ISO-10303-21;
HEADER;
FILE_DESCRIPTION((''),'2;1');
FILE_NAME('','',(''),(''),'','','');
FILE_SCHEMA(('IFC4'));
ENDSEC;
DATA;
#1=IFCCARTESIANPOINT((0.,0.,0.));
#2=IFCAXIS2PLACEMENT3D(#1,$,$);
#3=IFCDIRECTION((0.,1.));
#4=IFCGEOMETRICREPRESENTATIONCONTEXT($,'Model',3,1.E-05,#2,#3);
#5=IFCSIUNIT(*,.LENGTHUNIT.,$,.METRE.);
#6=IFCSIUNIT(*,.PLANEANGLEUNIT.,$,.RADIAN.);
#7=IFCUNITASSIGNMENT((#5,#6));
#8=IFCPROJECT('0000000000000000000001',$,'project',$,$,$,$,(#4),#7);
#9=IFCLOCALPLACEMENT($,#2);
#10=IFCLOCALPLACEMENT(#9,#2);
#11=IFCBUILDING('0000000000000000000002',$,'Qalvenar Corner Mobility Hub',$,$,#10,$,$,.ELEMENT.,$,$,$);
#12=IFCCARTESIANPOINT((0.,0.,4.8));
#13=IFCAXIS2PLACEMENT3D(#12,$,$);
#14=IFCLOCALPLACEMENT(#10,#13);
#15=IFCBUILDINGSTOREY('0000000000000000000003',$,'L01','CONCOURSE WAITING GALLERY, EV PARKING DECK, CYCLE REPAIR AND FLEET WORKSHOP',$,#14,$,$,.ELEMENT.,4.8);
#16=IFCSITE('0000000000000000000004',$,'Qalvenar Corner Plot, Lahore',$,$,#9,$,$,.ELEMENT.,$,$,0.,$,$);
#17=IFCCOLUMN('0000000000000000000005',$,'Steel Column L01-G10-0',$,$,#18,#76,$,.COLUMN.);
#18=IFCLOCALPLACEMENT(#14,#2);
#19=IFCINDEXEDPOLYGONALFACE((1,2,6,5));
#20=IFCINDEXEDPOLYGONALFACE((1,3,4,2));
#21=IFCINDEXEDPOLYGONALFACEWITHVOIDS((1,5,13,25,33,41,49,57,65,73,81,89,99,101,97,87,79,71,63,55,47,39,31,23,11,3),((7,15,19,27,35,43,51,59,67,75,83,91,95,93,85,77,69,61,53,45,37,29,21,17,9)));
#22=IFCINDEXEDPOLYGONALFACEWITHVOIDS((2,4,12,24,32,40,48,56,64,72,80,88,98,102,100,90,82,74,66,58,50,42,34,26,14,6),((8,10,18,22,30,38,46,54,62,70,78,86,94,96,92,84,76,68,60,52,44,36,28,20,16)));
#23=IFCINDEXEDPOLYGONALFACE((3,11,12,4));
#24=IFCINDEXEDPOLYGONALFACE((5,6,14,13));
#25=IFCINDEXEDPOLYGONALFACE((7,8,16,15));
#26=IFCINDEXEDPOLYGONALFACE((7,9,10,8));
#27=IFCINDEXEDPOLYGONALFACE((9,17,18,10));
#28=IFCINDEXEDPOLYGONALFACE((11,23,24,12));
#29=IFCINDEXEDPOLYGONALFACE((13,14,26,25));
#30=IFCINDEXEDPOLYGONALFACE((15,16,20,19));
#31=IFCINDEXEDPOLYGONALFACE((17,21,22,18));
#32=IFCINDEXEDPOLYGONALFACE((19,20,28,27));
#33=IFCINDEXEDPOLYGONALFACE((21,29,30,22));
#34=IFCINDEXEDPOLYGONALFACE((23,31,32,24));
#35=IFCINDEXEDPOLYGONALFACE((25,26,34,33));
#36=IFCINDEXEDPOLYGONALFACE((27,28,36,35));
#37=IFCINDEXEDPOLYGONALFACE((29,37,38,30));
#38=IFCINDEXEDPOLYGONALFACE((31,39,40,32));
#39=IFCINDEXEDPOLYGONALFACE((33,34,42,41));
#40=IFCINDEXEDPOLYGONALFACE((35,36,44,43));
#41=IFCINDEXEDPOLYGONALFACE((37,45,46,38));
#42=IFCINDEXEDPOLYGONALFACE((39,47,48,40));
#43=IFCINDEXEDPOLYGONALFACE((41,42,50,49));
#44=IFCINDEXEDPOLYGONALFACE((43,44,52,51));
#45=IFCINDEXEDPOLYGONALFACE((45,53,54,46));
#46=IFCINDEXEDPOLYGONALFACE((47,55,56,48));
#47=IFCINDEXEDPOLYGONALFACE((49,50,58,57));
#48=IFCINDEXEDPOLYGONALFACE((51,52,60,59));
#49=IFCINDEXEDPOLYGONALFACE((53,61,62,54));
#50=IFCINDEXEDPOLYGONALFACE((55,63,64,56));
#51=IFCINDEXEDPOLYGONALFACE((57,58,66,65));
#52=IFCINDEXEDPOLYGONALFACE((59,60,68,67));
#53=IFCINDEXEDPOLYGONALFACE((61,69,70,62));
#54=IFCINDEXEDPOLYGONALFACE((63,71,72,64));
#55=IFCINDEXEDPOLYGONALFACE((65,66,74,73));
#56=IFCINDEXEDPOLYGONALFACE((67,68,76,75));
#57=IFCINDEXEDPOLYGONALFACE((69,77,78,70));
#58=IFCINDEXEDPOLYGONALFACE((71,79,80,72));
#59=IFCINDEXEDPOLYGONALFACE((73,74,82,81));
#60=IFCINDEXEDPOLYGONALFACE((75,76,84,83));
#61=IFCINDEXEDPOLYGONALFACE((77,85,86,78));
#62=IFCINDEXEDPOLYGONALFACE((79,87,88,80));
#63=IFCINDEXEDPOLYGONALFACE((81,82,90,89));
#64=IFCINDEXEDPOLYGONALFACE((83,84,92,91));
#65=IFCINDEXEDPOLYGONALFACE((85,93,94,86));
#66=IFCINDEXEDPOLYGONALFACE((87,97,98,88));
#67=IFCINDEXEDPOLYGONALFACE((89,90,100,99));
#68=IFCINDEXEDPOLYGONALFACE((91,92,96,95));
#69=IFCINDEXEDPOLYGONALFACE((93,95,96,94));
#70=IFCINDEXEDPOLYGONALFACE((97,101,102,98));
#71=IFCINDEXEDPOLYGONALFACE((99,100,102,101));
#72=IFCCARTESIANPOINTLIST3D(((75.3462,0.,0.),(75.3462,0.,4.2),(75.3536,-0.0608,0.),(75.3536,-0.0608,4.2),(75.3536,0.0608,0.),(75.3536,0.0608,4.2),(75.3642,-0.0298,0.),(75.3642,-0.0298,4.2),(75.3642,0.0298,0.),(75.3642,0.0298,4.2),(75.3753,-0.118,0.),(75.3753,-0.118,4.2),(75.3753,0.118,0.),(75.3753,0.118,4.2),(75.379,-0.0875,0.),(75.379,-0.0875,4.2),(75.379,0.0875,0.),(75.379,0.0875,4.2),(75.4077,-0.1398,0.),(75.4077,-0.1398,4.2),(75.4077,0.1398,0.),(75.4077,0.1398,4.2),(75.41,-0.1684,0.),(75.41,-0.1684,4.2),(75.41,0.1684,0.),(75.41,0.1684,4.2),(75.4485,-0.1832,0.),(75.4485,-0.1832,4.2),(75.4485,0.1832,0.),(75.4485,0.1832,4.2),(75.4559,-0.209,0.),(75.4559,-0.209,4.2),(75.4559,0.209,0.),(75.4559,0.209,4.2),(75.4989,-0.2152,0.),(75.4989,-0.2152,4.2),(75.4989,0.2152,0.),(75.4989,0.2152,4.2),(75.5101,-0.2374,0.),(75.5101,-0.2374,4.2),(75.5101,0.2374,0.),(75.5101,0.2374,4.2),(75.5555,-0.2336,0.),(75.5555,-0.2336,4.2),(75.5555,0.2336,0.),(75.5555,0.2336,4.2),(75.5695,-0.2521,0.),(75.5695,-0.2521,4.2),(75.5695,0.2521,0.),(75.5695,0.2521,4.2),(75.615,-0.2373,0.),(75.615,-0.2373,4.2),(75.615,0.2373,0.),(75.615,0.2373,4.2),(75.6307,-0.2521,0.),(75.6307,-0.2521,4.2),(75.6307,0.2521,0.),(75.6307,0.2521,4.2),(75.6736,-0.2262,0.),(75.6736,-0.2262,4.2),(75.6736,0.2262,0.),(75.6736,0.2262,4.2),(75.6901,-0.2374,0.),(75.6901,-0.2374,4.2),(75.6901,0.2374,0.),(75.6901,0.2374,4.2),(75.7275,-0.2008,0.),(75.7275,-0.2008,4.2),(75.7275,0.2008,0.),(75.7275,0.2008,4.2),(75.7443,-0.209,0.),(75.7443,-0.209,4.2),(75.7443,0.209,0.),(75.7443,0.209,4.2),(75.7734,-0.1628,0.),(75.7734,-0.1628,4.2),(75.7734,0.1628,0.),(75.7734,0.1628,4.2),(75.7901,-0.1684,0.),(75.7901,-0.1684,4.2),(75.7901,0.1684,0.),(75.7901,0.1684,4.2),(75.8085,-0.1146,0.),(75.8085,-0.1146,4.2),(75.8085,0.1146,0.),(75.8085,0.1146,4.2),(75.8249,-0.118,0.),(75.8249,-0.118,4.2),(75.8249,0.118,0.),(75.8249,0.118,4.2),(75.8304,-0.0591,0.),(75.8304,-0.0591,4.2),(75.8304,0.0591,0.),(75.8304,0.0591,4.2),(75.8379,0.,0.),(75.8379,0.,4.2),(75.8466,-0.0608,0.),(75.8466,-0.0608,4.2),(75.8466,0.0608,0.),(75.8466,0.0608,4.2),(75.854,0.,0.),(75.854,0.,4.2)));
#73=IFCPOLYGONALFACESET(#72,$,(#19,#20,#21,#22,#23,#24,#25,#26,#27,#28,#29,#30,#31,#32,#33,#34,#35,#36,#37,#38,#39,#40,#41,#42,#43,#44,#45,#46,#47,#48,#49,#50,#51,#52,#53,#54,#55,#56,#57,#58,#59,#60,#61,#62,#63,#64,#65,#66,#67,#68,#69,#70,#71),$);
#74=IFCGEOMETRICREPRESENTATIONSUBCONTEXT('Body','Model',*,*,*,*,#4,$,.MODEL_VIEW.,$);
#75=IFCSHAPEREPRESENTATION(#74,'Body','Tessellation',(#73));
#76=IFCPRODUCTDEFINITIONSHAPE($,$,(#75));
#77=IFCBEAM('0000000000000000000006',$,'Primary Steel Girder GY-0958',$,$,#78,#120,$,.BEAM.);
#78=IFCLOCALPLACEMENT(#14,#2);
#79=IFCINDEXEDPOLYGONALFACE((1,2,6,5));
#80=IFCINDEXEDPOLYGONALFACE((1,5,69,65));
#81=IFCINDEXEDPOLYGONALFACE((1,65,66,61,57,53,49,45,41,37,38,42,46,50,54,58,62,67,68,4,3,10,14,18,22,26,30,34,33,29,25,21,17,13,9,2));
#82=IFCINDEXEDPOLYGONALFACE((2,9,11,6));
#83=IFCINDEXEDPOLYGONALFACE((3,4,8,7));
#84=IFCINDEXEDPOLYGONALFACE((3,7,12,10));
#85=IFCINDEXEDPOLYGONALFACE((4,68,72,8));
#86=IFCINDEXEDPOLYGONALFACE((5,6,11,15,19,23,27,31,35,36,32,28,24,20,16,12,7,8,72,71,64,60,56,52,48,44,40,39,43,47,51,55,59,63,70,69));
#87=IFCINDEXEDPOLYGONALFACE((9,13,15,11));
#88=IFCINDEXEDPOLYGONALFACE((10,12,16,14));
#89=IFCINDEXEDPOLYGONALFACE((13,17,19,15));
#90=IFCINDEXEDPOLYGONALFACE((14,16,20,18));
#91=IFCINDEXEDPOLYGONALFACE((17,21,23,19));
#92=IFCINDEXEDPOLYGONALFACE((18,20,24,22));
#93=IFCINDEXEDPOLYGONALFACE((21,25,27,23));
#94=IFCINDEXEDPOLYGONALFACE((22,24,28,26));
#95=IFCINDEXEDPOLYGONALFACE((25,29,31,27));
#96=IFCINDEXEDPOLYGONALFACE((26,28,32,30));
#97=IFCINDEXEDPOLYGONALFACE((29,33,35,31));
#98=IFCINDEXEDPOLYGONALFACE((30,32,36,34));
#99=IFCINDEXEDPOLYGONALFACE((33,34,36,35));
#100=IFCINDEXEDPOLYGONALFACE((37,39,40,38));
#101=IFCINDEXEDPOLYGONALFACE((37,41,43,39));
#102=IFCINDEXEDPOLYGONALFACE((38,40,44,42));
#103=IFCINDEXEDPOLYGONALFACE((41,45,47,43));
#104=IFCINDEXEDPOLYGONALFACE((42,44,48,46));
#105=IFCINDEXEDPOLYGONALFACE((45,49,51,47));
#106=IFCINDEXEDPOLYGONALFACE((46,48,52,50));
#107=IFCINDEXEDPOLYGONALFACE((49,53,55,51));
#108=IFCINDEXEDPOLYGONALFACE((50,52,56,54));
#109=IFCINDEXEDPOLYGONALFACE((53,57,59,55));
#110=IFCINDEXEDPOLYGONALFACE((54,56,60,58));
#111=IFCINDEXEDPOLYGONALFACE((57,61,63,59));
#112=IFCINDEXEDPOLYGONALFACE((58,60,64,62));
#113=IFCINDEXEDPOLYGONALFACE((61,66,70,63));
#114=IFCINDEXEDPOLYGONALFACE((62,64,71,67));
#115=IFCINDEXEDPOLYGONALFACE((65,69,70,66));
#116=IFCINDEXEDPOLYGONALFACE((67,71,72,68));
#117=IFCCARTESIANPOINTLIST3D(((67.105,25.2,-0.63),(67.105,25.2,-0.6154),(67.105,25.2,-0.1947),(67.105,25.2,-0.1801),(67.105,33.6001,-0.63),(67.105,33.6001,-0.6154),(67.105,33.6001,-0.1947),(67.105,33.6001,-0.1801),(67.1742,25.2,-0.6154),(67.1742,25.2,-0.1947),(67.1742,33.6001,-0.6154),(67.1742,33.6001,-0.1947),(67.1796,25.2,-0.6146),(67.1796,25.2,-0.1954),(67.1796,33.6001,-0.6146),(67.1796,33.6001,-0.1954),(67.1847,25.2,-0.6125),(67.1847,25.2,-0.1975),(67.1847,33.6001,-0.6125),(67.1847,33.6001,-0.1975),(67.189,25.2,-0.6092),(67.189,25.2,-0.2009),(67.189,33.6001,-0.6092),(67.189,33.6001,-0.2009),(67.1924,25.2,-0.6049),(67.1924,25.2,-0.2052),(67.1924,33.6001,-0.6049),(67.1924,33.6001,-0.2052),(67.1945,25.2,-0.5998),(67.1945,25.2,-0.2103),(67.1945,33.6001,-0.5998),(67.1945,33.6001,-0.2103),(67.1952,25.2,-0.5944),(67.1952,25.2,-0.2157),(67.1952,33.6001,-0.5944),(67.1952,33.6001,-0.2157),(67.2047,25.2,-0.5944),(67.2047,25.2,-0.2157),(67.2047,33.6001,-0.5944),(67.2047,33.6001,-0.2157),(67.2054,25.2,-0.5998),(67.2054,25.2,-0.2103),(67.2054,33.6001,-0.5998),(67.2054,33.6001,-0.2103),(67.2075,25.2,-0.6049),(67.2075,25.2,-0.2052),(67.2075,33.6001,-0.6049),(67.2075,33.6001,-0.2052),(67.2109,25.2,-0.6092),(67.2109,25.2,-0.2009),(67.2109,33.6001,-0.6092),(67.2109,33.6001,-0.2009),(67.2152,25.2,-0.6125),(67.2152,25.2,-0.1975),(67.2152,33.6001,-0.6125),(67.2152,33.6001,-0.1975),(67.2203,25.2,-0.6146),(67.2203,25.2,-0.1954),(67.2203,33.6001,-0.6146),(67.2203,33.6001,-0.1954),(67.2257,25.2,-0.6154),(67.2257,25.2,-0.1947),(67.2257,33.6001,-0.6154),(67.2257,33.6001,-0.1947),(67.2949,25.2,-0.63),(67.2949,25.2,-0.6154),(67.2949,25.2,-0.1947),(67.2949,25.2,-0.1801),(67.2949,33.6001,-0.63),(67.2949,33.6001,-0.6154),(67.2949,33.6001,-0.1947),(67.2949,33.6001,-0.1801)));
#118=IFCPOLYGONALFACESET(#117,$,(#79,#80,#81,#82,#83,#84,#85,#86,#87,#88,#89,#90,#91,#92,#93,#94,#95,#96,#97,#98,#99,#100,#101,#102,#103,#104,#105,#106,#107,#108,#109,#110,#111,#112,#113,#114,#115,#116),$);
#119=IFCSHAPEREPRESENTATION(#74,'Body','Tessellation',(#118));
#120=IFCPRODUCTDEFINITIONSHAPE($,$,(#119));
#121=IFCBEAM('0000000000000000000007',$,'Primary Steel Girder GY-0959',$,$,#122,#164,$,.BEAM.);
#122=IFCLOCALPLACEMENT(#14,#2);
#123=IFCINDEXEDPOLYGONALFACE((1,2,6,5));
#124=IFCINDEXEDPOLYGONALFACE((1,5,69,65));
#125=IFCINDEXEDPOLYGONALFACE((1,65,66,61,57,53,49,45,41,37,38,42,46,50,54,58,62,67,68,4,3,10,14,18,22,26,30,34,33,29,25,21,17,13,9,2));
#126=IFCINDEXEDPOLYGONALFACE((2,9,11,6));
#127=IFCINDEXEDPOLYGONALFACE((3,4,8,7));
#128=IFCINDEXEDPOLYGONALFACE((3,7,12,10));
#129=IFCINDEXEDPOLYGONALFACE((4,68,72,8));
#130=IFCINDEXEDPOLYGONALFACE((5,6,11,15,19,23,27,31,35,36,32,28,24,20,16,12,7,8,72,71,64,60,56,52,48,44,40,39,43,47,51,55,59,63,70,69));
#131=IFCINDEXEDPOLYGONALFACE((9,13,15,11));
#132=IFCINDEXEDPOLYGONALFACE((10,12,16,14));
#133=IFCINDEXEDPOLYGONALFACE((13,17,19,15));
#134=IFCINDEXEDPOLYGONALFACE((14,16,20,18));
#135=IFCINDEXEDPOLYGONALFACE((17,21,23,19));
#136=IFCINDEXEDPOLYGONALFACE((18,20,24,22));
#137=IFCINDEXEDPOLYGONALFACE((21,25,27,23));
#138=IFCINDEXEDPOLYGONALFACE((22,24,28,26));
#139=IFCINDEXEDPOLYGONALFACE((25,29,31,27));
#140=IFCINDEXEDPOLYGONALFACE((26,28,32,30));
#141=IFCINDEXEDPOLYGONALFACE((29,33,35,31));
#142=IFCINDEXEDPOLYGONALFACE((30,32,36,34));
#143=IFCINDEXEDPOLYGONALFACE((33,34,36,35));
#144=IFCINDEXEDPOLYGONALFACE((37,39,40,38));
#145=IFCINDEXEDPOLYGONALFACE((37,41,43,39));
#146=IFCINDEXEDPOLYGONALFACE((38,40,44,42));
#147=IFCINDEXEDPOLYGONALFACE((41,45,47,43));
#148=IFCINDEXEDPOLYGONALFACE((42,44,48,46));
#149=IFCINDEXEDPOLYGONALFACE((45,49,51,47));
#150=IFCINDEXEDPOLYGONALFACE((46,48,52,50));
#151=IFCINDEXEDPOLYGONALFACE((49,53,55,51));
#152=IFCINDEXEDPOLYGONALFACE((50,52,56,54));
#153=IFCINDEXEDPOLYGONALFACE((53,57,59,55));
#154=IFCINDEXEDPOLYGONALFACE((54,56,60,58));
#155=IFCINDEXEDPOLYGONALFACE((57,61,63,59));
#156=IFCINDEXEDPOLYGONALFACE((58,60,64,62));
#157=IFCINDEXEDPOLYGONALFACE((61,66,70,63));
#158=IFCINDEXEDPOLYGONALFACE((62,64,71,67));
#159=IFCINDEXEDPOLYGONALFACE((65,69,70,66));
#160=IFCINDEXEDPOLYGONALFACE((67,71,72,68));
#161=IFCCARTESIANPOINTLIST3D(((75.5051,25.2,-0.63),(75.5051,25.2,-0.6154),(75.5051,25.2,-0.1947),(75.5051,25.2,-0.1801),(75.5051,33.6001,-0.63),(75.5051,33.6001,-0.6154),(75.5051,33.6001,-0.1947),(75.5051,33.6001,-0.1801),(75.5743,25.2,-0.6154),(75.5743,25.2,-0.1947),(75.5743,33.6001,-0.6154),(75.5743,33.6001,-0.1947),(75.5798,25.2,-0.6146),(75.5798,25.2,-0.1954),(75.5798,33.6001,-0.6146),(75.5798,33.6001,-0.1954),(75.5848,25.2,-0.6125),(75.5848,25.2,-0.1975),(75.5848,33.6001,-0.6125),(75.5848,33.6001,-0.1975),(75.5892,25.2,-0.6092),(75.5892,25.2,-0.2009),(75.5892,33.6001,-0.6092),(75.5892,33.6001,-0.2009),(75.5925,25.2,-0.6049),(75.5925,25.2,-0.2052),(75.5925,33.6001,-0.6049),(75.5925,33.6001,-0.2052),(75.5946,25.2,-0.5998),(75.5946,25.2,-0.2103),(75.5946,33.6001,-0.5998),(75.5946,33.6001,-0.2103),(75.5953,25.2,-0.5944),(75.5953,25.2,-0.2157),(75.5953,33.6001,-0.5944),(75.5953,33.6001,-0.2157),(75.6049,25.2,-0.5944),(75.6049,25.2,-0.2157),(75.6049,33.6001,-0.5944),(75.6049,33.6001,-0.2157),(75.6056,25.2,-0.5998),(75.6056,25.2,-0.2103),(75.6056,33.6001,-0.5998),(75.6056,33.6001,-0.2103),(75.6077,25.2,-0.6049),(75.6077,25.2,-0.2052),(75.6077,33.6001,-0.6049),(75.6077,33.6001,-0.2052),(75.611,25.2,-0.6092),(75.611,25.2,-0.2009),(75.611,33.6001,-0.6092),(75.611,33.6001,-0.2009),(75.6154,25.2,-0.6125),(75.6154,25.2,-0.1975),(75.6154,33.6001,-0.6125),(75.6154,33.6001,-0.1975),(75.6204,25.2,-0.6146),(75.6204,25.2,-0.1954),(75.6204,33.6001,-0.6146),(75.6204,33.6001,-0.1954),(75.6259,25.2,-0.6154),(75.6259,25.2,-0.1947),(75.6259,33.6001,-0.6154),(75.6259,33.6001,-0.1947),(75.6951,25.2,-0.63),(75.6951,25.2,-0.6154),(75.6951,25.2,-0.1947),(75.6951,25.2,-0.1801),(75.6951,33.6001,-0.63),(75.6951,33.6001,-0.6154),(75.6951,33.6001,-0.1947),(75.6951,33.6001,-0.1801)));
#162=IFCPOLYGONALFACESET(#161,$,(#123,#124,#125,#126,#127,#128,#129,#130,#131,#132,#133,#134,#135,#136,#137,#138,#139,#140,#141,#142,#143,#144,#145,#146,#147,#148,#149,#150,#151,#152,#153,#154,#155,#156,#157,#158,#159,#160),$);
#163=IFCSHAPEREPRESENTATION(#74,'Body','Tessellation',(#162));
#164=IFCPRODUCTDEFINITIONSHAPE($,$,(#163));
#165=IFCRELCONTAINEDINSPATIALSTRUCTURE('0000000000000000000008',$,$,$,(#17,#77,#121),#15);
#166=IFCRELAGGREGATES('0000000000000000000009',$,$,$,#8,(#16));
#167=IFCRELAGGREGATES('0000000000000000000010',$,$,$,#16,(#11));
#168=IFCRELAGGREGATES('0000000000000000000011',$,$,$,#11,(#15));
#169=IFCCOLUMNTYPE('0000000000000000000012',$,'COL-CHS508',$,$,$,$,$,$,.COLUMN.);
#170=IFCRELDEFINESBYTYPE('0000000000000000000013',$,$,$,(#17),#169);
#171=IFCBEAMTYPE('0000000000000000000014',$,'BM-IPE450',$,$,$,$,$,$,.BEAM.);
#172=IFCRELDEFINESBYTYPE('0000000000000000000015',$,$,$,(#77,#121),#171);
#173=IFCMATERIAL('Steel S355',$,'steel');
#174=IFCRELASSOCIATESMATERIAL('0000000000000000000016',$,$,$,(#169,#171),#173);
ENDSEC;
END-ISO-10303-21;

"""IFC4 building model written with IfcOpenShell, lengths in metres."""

from ifc_helpers import new_model, si_unit, direction, frame, origin, origin_2d, place, context, subcontext, project, spatial, hollow_circle, i_section, extrude, material, material_profile, profile_set, type_object, element, save


model = new_model("IFC4")

# Units and contexts
model_context = context("Model", 3, precision=1e-05, world=origin(), true_north=direction((0.0, 1.0)))
body_context = subcontext(model_context, "Body", "Model", "MODEL_VIEW")
ifc_project = project(units=[si_unit("LENGTHUNIT", "METRE"), si_unit("PLANEANGLEUNIT", "RADIAN")], contexts=[model_context])

# Site, building, storey
site_placement = place(None, origin())
site = spatial("IfcSite", under=ifc_project, at=site_placement, Name="Qalvenar Corner Plot, Lahore", CompositionType="ELEMENT", RefElevation=0.0)
building_placement = place(site_placement, origin())
building = spatial("IfcBuilding", under=site, at=building_placement, Name="Qalvenar Corner Mobility Hub", CompositionType="ELEMENT")
storey_placement = place(building_placement, frame((0.0, 0.0, 4.8)))
storey = spatial("IfcBuildingStorey", under=building, at=storey_placement, Name="L01", Description="CONCOURSE WAITING GALLERY, EV PARKING DECK, CYCLE REPAIR AND FLEET WORKSHOP", CompositionType="ELEMENT", Elevation=4.8)

# Column
ifc_material_1 = material(Name="Steel S355", Category="steel")
ifc_material_profile_1 = material_profile(ifc_material_1, hollow_circle(Radius=0.2539, WallThickness=0.0161, at=origin_2d()), Name="CHS508x16")
ifc_profile_set_1 = profile_set([ifc_material_profile_1], Name="Steel S355")
column_type = type_object("IfcColumnType", Name="COL-CHS508", PredefinedType="COLUMN", material=ifc_profile_set_1)
column_placement = place(storey_placement, frame((75.6001, 0.0, 0.0), z_axis=(0.0, 0.0, 1.0), x_axis=(1.0, 0.0, 0.0)))
element("IfcColumn", 1, at=column_placement, inside=storey, type_object=column_type, Name="Steel Column L01-G10-0", PredefinedType="COLUMN", context=body_context, shape_type="SweptSolid", body=[
    extrude(hollow_circle(Radius=0.2539, WallThickness=0.0161, at=origin_2d()), origin(), (0.0, 0.0, 1.0), 4.2),
])

# Beams
ifc_material_profile_2 = material_profile(ifc_material_1, i_section(OverallWidth=0.1899, OverallDepth=0.45, WebThickness=0.0095, FlangeThickness=0.0146, FilletRadius=0.021, at=origin_2d()), Name="IPE450")
ifc_profile_set_2 = profile_set([ifc_material_profile_2], Name="Steel S355")
beam_type_1 = type_object("IfcBeamType", Name="BM-IPE450", PredefinedType="BEAM", material=ifc_profile_set_2)
for number, where, z_axis, x_axis, name in (
    (2, (67.2, 25.2, -0.405), (0.0, 1.0, 0.0), (-1.0, 0.0, 0.0), "Primary Steel Girder GY-0958"),
    (3, (75.6001, 25.2, -0.405), (0.0, 1.0, 0.0), (-1.0, 0.0, 0.0), "Primary Steel Girder GY-0959"),
):
    element("IfcBeam", number, at=place(storey_placement, frame(where, z_axis=z_axis, x_axis=x_axis)), inside=storey, type_object=beam_type_1, Name=name, PredefinedType="BEAM", context=body_context, shape_type="SweptSolid", body=[
        extrude(i_section(OverallWidth=0.1899, OverallDepth=0.45, WebThickness=0.0095, FlangeThickness=0.0146, FilletRadius=0.021, at=origin_2d()), origin(), (0.0, 0.0, 1.0), 8.4001),
    ])

save(model, "model.ifc")
